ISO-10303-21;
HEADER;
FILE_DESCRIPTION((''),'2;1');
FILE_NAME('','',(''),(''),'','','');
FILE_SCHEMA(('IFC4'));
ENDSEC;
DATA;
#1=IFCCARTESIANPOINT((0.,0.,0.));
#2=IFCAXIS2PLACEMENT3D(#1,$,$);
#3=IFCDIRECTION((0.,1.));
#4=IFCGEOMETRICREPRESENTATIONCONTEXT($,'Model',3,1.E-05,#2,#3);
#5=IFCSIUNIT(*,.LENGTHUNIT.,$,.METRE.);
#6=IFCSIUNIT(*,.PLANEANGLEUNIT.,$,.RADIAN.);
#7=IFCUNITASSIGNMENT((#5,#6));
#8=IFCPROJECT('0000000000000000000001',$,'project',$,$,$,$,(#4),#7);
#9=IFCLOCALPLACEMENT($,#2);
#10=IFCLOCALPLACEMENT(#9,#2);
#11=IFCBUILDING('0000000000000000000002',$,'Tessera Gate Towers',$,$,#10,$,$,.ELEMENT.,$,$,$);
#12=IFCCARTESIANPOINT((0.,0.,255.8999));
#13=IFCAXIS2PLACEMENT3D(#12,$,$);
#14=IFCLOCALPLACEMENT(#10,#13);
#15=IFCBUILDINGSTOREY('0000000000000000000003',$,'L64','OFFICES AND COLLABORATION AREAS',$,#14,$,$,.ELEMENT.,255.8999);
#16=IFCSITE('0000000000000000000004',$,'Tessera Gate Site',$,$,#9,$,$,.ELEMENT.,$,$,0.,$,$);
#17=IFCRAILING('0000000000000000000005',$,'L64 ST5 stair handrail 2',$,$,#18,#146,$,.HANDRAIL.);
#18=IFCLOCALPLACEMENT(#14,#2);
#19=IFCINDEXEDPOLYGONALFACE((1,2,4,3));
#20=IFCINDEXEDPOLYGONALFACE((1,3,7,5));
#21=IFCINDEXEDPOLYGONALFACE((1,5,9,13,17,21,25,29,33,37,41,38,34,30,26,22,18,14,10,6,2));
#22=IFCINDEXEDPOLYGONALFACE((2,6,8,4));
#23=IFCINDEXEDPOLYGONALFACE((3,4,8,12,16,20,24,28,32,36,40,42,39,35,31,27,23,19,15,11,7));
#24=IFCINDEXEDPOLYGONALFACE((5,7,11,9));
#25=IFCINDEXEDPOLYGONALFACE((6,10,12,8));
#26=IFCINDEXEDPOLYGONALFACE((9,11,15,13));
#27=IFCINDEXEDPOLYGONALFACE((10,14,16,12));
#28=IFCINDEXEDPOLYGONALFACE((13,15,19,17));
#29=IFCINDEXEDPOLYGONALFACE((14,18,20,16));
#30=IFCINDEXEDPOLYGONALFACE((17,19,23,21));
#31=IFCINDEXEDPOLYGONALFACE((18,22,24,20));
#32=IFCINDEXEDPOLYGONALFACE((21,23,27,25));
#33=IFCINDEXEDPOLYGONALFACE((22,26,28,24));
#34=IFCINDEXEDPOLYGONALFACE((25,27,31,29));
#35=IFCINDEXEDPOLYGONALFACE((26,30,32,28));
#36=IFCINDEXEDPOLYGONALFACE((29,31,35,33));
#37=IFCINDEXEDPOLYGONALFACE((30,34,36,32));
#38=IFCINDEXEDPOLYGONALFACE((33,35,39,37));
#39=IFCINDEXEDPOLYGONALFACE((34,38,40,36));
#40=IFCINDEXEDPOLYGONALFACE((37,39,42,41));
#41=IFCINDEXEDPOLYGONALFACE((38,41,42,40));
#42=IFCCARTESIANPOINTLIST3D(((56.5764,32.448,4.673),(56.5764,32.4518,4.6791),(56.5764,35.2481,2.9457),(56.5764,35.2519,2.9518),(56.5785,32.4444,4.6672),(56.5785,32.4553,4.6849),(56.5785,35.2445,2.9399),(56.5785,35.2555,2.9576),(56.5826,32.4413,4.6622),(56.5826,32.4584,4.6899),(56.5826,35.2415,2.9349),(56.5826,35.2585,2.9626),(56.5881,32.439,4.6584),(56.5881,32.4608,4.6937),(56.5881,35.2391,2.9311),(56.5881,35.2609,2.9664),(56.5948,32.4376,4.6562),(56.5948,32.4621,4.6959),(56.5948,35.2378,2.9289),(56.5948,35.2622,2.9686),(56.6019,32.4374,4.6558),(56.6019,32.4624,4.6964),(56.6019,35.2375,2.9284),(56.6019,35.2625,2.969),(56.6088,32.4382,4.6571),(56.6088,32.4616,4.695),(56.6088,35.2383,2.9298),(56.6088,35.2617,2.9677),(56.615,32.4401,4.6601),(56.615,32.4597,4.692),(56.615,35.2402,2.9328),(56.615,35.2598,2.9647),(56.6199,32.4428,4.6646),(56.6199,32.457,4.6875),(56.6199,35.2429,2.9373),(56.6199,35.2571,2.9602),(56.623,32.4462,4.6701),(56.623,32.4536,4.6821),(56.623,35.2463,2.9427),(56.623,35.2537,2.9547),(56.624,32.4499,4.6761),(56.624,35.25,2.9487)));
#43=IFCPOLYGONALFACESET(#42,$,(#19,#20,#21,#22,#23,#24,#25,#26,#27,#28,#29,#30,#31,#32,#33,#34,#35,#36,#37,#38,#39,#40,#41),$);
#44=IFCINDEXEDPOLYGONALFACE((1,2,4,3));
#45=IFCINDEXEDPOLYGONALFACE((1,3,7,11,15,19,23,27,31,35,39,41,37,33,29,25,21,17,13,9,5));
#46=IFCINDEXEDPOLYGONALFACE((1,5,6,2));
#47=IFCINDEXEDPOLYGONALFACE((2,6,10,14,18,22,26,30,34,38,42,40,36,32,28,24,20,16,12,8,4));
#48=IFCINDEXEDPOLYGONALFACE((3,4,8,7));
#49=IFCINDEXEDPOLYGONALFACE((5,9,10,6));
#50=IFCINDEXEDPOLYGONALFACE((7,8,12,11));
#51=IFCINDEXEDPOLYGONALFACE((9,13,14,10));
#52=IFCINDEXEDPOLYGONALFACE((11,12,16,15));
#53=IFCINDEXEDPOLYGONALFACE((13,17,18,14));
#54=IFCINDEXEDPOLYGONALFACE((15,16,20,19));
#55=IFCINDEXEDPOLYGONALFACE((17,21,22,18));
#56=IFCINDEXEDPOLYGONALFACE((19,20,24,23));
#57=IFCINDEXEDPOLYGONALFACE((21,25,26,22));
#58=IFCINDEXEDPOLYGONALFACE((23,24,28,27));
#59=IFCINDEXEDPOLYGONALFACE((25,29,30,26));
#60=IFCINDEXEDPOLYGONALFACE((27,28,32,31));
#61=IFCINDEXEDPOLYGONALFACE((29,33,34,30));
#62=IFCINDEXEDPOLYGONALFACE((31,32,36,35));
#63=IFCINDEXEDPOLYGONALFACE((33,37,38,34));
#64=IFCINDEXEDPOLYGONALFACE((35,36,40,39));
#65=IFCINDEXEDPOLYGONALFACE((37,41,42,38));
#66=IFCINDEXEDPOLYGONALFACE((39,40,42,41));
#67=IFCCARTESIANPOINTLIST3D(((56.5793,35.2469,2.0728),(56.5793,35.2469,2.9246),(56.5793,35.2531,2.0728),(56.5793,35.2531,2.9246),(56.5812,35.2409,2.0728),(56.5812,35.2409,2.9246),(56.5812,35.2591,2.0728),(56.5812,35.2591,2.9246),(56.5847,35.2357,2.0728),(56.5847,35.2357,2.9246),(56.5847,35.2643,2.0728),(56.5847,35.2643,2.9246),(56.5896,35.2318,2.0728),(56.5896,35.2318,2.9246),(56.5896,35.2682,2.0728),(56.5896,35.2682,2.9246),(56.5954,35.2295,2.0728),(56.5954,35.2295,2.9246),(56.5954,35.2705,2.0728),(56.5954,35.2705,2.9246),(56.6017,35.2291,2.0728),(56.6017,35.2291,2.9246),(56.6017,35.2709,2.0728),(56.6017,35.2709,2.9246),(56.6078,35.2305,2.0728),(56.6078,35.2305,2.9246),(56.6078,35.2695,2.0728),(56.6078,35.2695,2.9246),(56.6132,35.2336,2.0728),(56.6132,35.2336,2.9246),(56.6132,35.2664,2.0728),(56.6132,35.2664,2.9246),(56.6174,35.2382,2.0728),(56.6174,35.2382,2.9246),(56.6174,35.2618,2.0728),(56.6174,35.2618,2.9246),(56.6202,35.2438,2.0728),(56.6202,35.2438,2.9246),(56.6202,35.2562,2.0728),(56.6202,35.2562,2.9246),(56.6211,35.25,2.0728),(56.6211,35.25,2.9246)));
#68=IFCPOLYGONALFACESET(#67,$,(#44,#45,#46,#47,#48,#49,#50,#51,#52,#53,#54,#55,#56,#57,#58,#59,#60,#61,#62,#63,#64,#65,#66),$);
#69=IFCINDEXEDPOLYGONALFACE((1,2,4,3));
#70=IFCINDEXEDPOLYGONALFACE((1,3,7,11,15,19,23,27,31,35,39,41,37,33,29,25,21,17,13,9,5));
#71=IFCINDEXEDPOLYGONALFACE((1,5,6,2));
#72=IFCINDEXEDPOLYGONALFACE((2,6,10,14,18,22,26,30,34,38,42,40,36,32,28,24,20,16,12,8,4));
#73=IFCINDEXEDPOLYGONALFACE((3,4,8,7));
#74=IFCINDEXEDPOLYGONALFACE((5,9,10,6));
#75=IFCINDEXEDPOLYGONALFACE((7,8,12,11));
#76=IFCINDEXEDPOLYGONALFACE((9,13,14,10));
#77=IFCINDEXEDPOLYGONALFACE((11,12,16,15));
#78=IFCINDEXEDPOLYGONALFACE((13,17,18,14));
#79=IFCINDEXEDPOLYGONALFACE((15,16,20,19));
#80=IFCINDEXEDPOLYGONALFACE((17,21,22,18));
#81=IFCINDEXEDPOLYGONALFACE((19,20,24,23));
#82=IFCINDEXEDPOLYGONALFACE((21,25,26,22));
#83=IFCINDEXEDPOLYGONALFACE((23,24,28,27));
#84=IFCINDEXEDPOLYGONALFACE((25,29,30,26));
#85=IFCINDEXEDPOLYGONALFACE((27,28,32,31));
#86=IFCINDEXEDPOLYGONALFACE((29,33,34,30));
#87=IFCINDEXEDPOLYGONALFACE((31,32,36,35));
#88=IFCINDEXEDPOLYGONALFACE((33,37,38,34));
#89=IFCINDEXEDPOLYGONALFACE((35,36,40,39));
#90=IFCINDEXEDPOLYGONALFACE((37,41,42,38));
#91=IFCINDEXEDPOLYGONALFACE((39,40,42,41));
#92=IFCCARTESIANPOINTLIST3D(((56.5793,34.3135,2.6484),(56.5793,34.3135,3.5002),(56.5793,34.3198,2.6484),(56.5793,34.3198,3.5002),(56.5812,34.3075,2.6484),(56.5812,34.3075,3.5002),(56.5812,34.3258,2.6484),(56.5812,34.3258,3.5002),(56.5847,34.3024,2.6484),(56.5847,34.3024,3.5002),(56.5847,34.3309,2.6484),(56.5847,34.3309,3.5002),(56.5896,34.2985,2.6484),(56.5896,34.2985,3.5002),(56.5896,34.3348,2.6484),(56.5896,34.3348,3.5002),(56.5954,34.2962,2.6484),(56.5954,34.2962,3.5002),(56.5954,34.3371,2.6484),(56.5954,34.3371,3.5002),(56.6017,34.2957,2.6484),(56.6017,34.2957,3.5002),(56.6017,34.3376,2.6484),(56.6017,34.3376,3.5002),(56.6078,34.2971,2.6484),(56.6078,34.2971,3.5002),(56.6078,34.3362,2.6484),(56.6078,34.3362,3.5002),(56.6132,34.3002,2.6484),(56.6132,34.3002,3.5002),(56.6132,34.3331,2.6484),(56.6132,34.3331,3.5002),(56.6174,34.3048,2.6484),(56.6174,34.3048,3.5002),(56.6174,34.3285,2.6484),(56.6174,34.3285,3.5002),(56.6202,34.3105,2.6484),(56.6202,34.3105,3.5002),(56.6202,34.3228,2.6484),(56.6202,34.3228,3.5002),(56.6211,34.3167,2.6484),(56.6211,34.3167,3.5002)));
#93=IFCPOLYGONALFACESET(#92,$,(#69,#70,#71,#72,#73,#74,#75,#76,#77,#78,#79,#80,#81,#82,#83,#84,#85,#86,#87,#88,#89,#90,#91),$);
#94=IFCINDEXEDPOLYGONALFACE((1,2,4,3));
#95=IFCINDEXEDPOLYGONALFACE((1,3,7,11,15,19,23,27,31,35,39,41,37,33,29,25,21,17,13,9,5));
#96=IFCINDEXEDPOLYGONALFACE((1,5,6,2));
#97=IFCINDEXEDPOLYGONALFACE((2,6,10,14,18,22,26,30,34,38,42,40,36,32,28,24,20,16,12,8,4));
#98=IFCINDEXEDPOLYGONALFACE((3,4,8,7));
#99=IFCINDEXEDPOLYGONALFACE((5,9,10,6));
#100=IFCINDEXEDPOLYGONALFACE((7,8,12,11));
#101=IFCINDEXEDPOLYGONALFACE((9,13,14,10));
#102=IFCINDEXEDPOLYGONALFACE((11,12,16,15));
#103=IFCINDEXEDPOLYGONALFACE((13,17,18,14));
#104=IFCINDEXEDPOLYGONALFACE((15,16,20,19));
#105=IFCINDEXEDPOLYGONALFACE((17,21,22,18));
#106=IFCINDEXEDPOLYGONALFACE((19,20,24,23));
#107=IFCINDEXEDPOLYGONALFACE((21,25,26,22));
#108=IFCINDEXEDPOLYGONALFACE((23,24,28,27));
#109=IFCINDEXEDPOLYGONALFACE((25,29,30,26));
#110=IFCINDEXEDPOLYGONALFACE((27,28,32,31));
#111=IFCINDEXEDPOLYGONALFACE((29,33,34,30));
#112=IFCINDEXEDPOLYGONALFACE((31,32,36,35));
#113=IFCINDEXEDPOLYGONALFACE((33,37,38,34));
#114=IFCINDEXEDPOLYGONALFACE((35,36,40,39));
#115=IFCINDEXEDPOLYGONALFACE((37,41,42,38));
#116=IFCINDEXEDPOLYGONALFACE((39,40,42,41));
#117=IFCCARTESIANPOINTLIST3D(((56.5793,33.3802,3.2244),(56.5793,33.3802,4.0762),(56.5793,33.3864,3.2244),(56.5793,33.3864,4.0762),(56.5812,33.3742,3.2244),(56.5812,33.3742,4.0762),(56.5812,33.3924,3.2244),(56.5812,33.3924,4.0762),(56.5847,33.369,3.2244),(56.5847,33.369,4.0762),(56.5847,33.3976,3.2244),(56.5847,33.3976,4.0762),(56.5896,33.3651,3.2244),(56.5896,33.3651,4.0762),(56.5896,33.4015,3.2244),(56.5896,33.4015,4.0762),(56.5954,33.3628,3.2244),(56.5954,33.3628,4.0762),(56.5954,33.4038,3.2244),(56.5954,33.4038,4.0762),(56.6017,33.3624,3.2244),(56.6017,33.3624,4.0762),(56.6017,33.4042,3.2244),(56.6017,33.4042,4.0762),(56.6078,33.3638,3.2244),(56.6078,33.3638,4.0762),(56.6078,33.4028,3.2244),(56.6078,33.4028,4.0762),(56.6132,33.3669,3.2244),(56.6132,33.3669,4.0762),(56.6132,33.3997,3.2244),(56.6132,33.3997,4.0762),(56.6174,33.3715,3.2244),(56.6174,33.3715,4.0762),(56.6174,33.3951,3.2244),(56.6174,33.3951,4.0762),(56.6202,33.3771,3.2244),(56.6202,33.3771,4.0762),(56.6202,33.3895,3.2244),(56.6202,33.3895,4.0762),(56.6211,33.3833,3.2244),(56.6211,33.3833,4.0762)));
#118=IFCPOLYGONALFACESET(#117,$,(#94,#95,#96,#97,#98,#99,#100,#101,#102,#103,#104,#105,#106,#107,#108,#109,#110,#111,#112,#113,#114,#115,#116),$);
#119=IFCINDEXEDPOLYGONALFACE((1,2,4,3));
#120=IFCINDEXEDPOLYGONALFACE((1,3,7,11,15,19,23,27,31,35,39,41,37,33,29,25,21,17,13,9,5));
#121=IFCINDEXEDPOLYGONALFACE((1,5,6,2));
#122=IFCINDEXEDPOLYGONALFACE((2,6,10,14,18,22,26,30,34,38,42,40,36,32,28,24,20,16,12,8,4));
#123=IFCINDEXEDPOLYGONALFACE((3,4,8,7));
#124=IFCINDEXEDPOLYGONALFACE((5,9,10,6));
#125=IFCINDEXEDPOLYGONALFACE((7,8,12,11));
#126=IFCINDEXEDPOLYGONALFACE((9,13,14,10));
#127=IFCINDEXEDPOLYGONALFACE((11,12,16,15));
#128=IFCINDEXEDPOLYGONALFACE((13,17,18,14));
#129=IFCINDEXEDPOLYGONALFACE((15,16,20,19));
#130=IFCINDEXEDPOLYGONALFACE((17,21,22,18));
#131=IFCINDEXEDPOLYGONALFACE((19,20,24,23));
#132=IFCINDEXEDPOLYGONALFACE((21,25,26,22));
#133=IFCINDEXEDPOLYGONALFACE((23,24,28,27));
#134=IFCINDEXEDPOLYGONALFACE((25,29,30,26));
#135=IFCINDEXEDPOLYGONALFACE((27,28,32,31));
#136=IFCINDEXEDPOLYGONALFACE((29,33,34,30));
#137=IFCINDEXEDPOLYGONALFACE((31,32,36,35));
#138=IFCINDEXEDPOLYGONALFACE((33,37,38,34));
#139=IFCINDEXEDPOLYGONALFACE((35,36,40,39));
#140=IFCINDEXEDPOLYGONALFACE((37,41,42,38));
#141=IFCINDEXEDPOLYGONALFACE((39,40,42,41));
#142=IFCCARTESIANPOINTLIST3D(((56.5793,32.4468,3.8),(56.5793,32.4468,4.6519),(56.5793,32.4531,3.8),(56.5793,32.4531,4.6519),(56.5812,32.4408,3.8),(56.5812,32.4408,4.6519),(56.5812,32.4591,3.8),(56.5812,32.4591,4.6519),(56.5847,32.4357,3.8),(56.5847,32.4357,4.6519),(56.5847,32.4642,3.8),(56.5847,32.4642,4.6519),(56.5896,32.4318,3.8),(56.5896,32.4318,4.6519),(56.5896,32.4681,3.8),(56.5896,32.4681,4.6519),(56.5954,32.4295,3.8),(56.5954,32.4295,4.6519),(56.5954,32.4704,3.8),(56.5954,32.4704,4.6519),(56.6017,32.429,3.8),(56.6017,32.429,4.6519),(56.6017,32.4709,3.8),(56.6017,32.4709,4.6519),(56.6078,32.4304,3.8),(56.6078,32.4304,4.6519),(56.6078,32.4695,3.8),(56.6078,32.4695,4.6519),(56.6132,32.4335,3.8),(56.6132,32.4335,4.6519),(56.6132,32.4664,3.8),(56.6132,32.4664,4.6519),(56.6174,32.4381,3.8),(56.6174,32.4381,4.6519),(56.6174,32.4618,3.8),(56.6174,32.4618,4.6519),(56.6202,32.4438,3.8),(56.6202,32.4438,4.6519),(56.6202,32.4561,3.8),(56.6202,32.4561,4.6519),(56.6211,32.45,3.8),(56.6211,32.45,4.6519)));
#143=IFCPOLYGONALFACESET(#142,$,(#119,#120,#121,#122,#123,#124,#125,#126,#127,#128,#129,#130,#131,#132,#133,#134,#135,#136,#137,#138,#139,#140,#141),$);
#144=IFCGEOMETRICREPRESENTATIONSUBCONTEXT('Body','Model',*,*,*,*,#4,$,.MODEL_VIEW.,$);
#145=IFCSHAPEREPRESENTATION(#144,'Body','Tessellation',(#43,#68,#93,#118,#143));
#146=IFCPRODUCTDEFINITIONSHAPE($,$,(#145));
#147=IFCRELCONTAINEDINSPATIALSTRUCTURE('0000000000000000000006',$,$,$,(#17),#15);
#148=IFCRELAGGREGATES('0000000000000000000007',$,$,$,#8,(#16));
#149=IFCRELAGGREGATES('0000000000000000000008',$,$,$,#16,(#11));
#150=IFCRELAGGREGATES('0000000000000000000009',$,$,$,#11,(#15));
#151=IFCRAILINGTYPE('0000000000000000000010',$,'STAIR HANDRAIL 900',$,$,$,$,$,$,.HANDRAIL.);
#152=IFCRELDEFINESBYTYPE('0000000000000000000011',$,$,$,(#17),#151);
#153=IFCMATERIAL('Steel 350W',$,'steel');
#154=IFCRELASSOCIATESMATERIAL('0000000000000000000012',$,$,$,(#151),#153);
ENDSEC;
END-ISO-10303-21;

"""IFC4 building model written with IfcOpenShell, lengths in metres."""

from ifc_helpers import new_model, si_unit, direction, frame, origin, origin_2d, place, context, subcontext, project, spatial, circle, extrude, material, type_object, element, save


model = new_model("IFC4")

# Units and contexts
model_context = context("Model", 3, precision=1e-05, world=origin(), true_north=direction((0.0, 1.0)))
body_context = subcontext(model_context, "Body", "Model", "MODEL_VIEW")
ifc_project = project(units=[si_unit("LENGTHUNIT", "METRE"), si_unit("PLANEANGLEUNIT", "RADIAN")], contexts=[model_context])

# Site, building, storey
site_placement = place(None, origin())
site = spatial("IfcSite", under=ifc_project, at=site_placement, Name="Tessera Gate Site", CompositionType="ELEMENT", RefElevation=0.0)
building_placement = place(site_placement, origin())
building = spatial("IfcBuilding", under=site, at=building_placement, Name="Tessera Gate Towers", CompositionType="ELEMENT")
storey_placement = place(building_placement, frame((0.0, 0.0, 255.8999)))
storey = spatial("IfcBuildingStorey", under=building, at=storey_placement, Name="L64", Description="OFFICES AND COLLABORATION AREAS", CompositionType="ELEMENT", Elevation=255.8999)

# Railing
ifc_material_1 = material(Name="Steel 350W", Category="steel")
railing_type_1 = type_object("IfcRailingType", Name="STAIR HANDRAIL 900", PredefinedType="HANDRAIL", material=ifc_material_1)
railing_1_placement = place(storey_placement, frame((56.6001, 35.25, 2.0728)))
element("IfcRailing", 1, at=railing_1_placement, inside=storey, type_object=railing_type_1, Name="L64 ST5 stair handrail 2", PredefinedType="HANDRAIL", context=body_context, shape_type="SweptSolid", body=[
    extrude(circle(Radius=0.0239, at=origin_2d()), frame((0.0, 0.0, 0.876), z_axis=(0.0, -0.85109, 0.52502), x_axis=(1.0, 0.0, 0.0)), (0.0, 0.0, 1.0), 3.29),
    extrude(circle(Radius=0.021, at=origin_2d()), origin(), (0.0, 0.0, 1.0), 0.8518),
    extrude(circle(Radius=0.021, at=origin_2d()), frame((0.0, -0.9333, 0.5757)), (0.0, 0.0, 1.0), 0.8518),
    extrude(circle(Radius=0.021, at=origin_2d()), frame((0.0, -1.8667, 1.1516)), (0.0, 0.0, 1.0), 0.8518),
    extrude(circle(Radius=0.021, at=origin_2d()), frame((0.0, -2.8, 1.7273)), (0.0, 0.0, 1.0), 0.8518),
])

save(model, "model.ifc")
